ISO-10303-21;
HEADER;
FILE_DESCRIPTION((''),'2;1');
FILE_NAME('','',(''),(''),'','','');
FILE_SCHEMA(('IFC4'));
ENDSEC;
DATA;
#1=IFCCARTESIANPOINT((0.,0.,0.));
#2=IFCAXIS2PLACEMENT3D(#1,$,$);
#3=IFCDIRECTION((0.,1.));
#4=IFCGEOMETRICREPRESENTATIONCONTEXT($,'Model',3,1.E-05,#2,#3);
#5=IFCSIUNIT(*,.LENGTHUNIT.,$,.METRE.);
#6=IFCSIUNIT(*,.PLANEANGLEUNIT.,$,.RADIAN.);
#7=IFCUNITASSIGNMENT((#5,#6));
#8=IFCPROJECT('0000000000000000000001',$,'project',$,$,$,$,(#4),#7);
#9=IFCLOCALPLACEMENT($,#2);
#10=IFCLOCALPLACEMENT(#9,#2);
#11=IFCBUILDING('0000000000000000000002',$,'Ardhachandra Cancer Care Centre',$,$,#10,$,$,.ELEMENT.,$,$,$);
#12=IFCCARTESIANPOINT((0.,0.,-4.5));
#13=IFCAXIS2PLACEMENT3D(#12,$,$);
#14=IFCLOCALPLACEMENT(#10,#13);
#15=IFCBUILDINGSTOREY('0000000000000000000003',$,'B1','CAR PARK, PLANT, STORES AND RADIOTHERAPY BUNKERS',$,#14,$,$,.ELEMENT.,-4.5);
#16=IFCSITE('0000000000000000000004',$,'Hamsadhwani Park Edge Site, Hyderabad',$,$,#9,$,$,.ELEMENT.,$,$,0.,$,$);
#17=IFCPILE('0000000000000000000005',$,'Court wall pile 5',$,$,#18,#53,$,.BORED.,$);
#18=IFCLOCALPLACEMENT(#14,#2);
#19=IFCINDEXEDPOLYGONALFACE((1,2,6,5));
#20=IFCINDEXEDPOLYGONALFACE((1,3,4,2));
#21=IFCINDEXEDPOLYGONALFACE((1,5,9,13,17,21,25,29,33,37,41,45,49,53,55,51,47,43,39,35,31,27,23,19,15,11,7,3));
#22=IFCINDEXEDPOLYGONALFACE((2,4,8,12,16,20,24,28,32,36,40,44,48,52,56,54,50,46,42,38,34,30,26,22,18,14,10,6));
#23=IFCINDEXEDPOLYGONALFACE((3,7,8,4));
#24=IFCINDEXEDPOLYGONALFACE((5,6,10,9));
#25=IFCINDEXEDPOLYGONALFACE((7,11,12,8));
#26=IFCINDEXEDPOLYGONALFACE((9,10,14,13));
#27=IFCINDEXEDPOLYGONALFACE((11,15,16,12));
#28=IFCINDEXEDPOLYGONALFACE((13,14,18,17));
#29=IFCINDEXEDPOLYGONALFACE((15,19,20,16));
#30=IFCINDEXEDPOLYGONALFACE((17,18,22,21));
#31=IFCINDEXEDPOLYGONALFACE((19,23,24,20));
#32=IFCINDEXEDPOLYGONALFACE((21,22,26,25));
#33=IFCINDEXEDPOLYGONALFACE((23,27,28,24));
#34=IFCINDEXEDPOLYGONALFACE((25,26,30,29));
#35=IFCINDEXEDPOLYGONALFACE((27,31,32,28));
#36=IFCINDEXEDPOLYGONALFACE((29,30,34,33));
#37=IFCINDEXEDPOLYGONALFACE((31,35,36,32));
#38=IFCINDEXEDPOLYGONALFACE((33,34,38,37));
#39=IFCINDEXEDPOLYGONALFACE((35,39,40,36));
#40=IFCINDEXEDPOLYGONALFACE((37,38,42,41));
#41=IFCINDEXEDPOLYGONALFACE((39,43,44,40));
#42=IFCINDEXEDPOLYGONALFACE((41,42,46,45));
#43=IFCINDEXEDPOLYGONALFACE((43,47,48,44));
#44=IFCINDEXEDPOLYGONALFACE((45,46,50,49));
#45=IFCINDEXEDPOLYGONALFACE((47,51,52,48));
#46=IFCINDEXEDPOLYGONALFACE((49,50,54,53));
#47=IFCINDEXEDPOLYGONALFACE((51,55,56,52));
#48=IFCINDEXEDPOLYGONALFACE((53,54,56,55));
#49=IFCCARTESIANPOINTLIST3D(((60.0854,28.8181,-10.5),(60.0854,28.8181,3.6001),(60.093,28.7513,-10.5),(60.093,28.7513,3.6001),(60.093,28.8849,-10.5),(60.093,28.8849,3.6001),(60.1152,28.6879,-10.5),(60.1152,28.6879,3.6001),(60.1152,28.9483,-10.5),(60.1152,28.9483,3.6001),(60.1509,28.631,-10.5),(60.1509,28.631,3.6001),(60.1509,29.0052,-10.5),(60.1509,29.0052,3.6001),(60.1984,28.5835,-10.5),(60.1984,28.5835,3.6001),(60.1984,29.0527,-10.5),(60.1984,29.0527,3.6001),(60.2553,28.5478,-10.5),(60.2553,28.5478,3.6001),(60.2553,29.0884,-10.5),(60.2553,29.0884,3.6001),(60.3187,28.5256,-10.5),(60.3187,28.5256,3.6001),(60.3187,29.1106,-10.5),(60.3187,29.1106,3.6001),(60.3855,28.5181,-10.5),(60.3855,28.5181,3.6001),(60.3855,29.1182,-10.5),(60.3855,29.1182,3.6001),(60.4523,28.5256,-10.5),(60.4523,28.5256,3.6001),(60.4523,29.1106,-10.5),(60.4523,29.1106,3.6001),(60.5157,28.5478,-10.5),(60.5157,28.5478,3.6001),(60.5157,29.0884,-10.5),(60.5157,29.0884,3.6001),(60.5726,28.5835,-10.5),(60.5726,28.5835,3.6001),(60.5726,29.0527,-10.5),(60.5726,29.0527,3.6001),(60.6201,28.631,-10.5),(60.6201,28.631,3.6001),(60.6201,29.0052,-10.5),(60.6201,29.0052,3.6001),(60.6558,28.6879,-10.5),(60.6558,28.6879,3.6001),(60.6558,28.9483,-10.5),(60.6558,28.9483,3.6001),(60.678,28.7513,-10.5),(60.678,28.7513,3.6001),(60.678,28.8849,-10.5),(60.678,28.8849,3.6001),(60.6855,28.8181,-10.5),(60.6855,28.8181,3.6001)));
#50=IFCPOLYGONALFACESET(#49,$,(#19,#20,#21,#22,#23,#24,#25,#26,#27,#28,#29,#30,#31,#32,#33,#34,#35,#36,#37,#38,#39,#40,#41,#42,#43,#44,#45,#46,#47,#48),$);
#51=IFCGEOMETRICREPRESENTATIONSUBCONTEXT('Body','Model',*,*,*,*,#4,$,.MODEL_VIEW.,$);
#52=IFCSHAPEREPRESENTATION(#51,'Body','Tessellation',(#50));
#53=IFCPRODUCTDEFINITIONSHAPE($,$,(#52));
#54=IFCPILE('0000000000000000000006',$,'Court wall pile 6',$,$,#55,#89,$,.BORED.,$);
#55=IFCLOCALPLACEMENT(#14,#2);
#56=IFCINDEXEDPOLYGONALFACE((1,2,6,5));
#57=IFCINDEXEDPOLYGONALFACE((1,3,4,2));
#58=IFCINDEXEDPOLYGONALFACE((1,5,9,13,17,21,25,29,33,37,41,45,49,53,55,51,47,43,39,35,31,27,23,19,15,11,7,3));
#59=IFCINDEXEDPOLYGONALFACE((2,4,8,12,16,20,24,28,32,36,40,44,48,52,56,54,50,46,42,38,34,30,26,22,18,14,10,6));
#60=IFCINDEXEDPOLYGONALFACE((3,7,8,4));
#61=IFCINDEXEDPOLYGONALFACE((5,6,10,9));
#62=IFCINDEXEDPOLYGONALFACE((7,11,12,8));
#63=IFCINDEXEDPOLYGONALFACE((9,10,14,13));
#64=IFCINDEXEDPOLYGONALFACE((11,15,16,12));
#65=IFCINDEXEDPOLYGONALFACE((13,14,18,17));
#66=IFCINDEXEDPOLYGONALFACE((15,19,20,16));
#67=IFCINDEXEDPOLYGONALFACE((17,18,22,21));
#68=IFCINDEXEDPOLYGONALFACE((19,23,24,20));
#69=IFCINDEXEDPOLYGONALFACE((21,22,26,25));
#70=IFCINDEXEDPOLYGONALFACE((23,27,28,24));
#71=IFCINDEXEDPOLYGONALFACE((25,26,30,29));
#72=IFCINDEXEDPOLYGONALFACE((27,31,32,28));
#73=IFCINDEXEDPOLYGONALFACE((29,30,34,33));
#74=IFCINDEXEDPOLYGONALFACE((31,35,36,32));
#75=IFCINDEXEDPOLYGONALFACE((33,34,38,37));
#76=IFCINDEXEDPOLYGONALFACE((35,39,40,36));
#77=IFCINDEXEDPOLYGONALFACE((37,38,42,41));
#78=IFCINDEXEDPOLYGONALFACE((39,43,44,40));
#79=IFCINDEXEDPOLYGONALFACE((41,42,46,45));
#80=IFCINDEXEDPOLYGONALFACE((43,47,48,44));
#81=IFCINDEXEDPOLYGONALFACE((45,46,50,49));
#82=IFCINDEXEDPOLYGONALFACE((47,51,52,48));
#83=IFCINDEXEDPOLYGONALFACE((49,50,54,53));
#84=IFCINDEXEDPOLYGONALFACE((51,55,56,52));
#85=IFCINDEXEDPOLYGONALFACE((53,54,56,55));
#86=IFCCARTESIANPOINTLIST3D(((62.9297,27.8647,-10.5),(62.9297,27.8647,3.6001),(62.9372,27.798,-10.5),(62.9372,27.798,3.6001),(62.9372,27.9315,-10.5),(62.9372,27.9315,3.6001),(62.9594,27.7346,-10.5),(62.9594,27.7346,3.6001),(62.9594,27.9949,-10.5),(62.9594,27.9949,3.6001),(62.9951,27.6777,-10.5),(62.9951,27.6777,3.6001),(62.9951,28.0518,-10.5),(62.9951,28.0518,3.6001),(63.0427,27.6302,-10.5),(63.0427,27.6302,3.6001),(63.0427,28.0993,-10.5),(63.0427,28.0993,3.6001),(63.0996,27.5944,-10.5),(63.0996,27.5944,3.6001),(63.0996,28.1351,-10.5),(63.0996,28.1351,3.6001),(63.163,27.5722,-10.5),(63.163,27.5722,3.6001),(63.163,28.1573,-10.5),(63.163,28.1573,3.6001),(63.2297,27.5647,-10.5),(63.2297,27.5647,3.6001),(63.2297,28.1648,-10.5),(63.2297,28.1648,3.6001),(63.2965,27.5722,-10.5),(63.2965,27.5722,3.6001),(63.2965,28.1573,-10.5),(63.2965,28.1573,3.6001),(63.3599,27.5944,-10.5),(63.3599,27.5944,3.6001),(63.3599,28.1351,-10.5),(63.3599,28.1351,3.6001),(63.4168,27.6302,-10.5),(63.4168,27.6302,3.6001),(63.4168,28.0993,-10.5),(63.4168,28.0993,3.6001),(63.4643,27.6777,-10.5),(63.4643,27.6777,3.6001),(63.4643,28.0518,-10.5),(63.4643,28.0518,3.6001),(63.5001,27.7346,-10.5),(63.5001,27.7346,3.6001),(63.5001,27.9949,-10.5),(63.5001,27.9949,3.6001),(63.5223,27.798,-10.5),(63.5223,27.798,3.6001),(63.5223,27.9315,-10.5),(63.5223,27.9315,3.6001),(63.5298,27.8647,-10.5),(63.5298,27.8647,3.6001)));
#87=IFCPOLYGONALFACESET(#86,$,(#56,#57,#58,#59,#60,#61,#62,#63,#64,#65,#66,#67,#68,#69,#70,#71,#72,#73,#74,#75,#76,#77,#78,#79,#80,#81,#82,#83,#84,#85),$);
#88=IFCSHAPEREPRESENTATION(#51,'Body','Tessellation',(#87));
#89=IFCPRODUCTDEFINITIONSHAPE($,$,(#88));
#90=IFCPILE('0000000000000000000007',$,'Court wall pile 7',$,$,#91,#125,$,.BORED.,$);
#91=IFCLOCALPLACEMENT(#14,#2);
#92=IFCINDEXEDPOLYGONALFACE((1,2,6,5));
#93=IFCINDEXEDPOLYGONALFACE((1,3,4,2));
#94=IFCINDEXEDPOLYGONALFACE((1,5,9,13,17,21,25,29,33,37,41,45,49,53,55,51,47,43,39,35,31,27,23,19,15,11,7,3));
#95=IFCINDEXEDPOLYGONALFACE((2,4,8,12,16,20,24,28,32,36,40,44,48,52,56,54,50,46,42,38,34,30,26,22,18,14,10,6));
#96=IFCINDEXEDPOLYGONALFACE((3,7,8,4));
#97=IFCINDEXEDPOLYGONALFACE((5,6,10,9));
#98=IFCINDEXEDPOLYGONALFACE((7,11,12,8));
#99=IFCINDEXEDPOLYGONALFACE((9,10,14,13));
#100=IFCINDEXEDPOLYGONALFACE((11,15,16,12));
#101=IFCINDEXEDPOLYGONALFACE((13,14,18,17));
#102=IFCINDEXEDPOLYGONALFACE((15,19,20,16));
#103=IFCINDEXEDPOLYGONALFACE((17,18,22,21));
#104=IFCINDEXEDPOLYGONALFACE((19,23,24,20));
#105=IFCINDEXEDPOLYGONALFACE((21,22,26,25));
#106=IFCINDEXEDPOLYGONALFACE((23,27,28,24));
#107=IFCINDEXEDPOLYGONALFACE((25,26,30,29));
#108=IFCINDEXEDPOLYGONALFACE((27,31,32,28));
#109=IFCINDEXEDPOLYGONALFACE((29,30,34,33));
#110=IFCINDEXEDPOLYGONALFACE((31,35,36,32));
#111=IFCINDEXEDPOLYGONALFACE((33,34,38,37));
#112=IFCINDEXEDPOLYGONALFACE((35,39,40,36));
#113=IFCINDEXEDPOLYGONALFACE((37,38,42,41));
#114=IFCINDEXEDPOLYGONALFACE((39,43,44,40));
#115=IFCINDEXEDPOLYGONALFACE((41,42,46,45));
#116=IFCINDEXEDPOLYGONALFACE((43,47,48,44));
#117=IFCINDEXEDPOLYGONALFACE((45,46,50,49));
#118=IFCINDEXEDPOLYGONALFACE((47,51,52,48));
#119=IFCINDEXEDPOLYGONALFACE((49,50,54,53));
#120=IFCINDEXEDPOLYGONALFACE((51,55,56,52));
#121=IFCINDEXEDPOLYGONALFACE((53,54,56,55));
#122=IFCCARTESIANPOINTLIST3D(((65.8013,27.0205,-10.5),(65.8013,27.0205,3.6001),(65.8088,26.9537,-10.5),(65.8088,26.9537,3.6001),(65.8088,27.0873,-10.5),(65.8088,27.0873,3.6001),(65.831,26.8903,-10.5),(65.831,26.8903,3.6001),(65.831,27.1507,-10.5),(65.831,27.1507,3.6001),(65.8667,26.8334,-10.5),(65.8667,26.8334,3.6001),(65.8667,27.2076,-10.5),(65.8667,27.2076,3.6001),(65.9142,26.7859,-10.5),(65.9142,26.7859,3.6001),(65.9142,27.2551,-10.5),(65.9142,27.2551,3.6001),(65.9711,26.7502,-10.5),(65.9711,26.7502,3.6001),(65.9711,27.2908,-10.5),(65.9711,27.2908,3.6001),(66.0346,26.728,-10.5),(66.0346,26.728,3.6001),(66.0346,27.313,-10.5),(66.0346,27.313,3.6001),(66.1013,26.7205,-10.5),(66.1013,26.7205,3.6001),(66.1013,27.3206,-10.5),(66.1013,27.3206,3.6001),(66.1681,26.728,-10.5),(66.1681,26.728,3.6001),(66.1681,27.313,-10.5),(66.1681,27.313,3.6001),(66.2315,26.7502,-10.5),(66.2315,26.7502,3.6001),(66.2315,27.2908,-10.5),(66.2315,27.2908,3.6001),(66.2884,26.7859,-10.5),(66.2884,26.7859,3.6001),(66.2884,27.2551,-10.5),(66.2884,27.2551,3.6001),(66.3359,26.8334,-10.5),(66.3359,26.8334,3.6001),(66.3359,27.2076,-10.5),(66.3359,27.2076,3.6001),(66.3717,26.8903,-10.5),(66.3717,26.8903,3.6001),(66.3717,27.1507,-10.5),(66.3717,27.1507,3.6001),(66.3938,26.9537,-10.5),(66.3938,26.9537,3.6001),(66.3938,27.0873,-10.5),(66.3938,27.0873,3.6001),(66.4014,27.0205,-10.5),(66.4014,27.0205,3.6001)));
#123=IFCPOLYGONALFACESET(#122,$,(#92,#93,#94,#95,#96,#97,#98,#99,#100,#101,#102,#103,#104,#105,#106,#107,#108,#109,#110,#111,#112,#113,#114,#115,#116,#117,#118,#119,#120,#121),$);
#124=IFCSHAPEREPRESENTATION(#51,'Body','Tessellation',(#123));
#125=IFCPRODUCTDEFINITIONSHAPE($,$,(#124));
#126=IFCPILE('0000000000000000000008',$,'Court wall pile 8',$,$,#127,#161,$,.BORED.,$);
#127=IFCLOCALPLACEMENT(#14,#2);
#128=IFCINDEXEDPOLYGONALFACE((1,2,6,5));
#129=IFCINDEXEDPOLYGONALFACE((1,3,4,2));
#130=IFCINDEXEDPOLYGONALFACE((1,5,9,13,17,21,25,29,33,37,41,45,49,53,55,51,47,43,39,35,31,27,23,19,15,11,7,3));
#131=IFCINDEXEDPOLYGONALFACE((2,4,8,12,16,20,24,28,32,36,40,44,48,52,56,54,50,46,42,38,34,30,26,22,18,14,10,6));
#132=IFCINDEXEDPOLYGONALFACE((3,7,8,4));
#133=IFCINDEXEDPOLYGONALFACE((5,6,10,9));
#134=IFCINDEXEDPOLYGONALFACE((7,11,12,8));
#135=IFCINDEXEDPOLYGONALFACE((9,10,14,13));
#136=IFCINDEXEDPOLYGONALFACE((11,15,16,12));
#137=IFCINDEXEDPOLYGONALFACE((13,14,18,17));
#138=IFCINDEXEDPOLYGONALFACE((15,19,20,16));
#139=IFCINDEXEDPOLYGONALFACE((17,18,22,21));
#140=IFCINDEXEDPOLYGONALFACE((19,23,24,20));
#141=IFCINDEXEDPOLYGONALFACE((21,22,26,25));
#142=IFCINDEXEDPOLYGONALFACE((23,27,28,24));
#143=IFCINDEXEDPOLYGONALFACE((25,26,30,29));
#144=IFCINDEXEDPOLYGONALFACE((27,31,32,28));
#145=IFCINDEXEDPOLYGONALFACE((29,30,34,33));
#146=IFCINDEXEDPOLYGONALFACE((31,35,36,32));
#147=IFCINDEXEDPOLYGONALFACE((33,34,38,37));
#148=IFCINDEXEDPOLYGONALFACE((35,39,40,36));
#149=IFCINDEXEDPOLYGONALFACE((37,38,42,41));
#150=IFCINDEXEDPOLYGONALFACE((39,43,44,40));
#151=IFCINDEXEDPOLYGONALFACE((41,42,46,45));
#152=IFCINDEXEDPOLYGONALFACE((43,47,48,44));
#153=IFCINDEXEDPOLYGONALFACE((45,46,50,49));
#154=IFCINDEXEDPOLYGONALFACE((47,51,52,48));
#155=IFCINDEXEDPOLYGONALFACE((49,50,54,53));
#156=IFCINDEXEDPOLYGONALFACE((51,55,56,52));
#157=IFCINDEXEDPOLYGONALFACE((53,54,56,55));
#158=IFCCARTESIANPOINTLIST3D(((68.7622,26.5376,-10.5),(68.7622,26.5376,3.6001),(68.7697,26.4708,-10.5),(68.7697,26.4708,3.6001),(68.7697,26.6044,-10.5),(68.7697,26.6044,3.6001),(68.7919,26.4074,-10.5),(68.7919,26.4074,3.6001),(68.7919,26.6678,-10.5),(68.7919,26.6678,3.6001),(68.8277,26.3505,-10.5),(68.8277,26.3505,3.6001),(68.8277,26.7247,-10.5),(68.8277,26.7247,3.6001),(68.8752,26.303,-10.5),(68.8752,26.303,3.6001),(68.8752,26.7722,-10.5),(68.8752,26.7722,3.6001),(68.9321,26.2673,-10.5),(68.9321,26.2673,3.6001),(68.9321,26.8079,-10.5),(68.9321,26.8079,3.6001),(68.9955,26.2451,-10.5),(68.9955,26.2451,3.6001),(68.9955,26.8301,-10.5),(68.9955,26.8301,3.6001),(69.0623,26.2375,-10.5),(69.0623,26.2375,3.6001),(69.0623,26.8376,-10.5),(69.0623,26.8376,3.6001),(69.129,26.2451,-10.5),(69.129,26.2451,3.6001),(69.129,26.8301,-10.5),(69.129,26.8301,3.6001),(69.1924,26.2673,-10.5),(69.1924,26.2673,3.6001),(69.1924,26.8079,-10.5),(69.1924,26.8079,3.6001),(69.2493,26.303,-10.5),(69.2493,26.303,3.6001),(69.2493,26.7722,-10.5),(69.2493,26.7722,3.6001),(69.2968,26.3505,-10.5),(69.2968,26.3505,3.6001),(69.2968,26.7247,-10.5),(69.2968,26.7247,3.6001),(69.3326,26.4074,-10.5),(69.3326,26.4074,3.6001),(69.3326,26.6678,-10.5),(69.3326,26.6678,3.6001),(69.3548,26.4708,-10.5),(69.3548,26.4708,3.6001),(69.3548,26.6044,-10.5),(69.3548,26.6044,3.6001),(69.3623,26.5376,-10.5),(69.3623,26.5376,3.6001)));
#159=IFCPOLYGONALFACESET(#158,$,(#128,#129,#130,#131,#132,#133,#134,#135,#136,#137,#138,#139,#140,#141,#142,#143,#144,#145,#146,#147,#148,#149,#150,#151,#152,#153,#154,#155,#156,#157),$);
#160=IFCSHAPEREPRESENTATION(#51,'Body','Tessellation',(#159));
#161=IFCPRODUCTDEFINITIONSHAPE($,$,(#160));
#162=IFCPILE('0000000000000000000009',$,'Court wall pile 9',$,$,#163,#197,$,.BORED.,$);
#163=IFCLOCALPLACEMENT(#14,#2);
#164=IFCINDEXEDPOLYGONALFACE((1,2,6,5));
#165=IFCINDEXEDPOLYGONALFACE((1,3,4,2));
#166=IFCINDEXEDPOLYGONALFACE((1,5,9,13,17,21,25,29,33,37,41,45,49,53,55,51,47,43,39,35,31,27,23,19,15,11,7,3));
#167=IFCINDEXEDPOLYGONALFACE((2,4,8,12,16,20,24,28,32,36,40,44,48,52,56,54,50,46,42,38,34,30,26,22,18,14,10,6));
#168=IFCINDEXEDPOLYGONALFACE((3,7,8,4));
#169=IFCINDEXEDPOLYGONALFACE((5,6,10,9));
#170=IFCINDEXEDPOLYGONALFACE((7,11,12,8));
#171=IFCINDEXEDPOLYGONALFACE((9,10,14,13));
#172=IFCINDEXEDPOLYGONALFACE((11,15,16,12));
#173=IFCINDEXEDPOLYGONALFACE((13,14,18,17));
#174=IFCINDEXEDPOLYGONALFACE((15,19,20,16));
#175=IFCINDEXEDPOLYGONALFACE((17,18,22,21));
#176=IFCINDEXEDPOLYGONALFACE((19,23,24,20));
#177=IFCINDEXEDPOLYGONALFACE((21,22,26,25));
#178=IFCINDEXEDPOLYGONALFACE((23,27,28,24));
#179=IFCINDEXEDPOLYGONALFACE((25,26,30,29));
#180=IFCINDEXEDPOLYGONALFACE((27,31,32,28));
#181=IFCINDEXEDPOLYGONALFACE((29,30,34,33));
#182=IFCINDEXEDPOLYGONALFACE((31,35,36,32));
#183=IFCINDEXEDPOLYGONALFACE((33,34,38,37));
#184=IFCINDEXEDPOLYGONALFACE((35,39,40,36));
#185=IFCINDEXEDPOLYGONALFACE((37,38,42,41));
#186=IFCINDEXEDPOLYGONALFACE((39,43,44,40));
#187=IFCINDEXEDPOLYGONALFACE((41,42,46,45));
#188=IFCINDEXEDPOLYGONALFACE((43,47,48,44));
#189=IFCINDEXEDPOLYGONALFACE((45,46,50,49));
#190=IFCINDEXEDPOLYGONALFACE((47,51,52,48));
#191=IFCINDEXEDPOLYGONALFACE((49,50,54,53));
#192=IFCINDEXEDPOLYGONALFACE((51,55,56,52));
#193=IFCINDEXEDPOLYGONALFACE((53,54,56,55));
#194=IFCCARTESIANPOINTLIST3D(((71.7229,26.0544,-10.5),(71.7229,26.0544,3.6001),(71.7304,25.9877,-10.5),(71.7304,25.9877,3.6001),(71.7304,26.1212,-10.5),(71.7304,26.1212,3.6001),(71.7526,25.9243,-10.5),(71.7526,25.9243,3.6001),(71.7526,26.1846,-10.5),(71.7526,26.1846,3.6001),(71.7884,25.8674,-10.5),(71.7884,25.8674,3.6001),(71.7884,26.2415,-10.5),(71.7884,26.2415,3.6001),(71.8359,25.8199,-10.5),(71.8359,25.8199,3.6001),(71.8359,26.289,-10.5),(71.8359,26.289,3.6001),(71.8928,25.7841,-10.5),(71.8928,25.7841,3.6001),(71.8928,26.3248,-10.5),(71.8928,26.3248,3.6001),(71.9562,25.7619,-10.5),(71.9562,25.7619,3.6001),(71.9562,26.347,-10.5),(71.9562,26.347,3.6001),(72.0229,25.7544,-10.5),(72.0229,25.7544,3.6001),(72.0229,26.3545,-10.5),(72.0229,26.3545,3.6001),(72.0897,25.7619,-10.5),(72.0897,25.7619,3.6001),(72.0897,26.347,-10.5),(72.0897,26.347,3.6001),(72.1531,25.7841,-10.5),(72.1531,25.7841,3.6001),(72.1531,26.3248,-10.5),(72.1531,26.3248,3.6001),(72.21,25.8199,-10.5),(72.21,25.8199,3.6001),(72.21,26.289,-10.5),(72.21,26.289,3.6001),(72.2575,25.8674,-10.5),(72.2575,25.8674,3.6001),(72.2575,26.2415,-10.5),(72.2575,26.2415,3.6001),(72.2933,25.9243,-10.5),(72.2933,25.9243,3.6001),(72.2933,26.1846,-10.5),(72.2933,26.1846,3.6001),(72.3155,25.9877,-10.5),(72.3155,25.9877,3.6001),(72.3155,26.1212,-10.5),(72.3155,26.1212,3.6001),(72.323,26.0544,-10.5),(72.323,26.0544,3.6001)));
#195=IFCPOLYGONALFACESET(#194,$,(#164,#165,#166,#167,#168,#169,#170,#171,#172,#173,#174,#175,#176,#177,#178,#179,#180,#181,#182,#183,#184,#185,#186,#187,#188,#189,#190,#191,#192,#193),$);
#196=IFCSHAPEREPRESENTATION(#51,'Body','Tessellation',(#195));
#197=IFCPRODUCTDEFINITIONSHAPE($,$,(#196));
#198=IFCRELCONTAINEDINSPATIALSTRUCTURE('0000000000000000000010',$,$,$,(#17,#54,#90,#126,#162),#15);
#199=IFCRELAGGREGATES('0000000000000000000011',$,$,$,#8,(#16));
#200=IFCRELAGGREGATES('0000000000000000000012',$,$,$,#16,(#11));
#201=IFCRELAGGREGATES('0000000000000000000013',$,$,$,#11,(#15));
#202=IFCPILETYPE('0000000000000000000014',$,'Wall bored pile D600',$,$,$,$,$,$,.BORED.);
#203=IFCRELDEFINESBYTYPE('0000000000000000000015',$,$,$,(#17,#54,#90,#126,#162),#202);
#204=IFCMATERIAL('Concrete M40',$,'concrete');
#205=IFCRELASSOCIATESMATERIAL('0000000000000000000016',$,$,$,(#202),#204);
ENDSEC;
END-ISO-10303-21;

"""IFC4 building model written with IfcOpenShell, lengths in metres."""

from ifc_helpers import new_model, si_unit, direction, frame, origin, origin_2d, place, context, subcontext, project, spatial, circle, extrude, material, material_profile, profile_set, type_object, element, save


model = new_model("IFC4")

# Units and contexts
model_context = context("Model", 3, precision=1e-05, world=origin(), true_north=direction((0.0, 1.0)))
body_context = subcontext(model_context, "Body", "Model", "MODEL_VIEW")
ifc_project = project(units=[si_unit("LENGTHUNIT", "METRE"), si_unit("PLANEANGLEUNIT", "RADIAN")], contexts=[model_context])

# Site, building, storey
site_placement = place(None, origin())
site = spatial("IfcSite", under=ifc_project, at=site_placement, Name="Hamsadhwani Park Edge Site, Hyderabad", CompositionType="ELEMENT", RefElevation=0.0)
building_placement = place(site_placement, origin())
building = spatial("IfcBuilding", under=site, at=building_placement, Name="Ardhachandra Cancer Care Centre", CompositionType="ELEMENT")
storey_placement = place(building_placement, frame((0.0, 0.0, -4.5)))
storey = spatial("IfcBuildingStorey", under=building, at=storey_placement, Name="B1", Description="CAR PARK, PLANT, STORES AND RADIOTHERAPY BUNKERS", CompositionType="ELEMENT", Elevation=-4.5)

# Piles
ifc_material_1 = material(Name="Concrete M40", Category="concrete")
ifc_material_profile_1 = material_profile(ifc_material_1, circle(Radius=0.3, at=origin_2d()), Name="D600")
ifc_profile_set_1 = profile_set([ifc_material_profile_1], Name="Concrete M40")
pile_type_1 = type_object("IfcPileType", Name="Wall bored pile D600", PredefinedType="BORED", material=ifc_profile_set_1)
for number, where, z_axis, x_axis, name in (
    (1, (60.3855, 28.8181, 3.6001), (0.0, 0.0, -1.0), (1.0, 0.0, 0.0), "Court wall pile 5"),
    (2, (63.2297, 27.8647, 3.6001), (0.0, 0.0, -1.0), (1.0, 0.0, 0.0), "Court wall pile 6"),
    (3, (66.1013, 27.0205, 3.6001), (0.0, 0.0, -1.0), (1.0, 0.0, 0.0), "Court wall pile 7"),
    (4, (69.0623, 26.5376, 3.6001), (0.0, 0.0, -1.0), (1.0, 0.0, 0.0), "Court wall pile 8"),
    (5, (72.0229, 26.0544, 3.6001), (0.0, 0.0, -1.0), (1.0, 0.0, 0.0), "Court wall pile 9"),
):
    element("IfcPile", number, at=place(storey_placement, frame(where, z_axis=z_axis, x_axis=x_axis)), inside=storey, type_object=pile_type_1, Name=name, PredefinedType="BORED", context=body_context, shape_type="SweptSolid", body=[
        extrude(circle(Radius=0.3, at=origin_2d()), origin(), (0.0, 0.0, 1.0), 14.1001),
    ])

save(model, "model.ifc")
